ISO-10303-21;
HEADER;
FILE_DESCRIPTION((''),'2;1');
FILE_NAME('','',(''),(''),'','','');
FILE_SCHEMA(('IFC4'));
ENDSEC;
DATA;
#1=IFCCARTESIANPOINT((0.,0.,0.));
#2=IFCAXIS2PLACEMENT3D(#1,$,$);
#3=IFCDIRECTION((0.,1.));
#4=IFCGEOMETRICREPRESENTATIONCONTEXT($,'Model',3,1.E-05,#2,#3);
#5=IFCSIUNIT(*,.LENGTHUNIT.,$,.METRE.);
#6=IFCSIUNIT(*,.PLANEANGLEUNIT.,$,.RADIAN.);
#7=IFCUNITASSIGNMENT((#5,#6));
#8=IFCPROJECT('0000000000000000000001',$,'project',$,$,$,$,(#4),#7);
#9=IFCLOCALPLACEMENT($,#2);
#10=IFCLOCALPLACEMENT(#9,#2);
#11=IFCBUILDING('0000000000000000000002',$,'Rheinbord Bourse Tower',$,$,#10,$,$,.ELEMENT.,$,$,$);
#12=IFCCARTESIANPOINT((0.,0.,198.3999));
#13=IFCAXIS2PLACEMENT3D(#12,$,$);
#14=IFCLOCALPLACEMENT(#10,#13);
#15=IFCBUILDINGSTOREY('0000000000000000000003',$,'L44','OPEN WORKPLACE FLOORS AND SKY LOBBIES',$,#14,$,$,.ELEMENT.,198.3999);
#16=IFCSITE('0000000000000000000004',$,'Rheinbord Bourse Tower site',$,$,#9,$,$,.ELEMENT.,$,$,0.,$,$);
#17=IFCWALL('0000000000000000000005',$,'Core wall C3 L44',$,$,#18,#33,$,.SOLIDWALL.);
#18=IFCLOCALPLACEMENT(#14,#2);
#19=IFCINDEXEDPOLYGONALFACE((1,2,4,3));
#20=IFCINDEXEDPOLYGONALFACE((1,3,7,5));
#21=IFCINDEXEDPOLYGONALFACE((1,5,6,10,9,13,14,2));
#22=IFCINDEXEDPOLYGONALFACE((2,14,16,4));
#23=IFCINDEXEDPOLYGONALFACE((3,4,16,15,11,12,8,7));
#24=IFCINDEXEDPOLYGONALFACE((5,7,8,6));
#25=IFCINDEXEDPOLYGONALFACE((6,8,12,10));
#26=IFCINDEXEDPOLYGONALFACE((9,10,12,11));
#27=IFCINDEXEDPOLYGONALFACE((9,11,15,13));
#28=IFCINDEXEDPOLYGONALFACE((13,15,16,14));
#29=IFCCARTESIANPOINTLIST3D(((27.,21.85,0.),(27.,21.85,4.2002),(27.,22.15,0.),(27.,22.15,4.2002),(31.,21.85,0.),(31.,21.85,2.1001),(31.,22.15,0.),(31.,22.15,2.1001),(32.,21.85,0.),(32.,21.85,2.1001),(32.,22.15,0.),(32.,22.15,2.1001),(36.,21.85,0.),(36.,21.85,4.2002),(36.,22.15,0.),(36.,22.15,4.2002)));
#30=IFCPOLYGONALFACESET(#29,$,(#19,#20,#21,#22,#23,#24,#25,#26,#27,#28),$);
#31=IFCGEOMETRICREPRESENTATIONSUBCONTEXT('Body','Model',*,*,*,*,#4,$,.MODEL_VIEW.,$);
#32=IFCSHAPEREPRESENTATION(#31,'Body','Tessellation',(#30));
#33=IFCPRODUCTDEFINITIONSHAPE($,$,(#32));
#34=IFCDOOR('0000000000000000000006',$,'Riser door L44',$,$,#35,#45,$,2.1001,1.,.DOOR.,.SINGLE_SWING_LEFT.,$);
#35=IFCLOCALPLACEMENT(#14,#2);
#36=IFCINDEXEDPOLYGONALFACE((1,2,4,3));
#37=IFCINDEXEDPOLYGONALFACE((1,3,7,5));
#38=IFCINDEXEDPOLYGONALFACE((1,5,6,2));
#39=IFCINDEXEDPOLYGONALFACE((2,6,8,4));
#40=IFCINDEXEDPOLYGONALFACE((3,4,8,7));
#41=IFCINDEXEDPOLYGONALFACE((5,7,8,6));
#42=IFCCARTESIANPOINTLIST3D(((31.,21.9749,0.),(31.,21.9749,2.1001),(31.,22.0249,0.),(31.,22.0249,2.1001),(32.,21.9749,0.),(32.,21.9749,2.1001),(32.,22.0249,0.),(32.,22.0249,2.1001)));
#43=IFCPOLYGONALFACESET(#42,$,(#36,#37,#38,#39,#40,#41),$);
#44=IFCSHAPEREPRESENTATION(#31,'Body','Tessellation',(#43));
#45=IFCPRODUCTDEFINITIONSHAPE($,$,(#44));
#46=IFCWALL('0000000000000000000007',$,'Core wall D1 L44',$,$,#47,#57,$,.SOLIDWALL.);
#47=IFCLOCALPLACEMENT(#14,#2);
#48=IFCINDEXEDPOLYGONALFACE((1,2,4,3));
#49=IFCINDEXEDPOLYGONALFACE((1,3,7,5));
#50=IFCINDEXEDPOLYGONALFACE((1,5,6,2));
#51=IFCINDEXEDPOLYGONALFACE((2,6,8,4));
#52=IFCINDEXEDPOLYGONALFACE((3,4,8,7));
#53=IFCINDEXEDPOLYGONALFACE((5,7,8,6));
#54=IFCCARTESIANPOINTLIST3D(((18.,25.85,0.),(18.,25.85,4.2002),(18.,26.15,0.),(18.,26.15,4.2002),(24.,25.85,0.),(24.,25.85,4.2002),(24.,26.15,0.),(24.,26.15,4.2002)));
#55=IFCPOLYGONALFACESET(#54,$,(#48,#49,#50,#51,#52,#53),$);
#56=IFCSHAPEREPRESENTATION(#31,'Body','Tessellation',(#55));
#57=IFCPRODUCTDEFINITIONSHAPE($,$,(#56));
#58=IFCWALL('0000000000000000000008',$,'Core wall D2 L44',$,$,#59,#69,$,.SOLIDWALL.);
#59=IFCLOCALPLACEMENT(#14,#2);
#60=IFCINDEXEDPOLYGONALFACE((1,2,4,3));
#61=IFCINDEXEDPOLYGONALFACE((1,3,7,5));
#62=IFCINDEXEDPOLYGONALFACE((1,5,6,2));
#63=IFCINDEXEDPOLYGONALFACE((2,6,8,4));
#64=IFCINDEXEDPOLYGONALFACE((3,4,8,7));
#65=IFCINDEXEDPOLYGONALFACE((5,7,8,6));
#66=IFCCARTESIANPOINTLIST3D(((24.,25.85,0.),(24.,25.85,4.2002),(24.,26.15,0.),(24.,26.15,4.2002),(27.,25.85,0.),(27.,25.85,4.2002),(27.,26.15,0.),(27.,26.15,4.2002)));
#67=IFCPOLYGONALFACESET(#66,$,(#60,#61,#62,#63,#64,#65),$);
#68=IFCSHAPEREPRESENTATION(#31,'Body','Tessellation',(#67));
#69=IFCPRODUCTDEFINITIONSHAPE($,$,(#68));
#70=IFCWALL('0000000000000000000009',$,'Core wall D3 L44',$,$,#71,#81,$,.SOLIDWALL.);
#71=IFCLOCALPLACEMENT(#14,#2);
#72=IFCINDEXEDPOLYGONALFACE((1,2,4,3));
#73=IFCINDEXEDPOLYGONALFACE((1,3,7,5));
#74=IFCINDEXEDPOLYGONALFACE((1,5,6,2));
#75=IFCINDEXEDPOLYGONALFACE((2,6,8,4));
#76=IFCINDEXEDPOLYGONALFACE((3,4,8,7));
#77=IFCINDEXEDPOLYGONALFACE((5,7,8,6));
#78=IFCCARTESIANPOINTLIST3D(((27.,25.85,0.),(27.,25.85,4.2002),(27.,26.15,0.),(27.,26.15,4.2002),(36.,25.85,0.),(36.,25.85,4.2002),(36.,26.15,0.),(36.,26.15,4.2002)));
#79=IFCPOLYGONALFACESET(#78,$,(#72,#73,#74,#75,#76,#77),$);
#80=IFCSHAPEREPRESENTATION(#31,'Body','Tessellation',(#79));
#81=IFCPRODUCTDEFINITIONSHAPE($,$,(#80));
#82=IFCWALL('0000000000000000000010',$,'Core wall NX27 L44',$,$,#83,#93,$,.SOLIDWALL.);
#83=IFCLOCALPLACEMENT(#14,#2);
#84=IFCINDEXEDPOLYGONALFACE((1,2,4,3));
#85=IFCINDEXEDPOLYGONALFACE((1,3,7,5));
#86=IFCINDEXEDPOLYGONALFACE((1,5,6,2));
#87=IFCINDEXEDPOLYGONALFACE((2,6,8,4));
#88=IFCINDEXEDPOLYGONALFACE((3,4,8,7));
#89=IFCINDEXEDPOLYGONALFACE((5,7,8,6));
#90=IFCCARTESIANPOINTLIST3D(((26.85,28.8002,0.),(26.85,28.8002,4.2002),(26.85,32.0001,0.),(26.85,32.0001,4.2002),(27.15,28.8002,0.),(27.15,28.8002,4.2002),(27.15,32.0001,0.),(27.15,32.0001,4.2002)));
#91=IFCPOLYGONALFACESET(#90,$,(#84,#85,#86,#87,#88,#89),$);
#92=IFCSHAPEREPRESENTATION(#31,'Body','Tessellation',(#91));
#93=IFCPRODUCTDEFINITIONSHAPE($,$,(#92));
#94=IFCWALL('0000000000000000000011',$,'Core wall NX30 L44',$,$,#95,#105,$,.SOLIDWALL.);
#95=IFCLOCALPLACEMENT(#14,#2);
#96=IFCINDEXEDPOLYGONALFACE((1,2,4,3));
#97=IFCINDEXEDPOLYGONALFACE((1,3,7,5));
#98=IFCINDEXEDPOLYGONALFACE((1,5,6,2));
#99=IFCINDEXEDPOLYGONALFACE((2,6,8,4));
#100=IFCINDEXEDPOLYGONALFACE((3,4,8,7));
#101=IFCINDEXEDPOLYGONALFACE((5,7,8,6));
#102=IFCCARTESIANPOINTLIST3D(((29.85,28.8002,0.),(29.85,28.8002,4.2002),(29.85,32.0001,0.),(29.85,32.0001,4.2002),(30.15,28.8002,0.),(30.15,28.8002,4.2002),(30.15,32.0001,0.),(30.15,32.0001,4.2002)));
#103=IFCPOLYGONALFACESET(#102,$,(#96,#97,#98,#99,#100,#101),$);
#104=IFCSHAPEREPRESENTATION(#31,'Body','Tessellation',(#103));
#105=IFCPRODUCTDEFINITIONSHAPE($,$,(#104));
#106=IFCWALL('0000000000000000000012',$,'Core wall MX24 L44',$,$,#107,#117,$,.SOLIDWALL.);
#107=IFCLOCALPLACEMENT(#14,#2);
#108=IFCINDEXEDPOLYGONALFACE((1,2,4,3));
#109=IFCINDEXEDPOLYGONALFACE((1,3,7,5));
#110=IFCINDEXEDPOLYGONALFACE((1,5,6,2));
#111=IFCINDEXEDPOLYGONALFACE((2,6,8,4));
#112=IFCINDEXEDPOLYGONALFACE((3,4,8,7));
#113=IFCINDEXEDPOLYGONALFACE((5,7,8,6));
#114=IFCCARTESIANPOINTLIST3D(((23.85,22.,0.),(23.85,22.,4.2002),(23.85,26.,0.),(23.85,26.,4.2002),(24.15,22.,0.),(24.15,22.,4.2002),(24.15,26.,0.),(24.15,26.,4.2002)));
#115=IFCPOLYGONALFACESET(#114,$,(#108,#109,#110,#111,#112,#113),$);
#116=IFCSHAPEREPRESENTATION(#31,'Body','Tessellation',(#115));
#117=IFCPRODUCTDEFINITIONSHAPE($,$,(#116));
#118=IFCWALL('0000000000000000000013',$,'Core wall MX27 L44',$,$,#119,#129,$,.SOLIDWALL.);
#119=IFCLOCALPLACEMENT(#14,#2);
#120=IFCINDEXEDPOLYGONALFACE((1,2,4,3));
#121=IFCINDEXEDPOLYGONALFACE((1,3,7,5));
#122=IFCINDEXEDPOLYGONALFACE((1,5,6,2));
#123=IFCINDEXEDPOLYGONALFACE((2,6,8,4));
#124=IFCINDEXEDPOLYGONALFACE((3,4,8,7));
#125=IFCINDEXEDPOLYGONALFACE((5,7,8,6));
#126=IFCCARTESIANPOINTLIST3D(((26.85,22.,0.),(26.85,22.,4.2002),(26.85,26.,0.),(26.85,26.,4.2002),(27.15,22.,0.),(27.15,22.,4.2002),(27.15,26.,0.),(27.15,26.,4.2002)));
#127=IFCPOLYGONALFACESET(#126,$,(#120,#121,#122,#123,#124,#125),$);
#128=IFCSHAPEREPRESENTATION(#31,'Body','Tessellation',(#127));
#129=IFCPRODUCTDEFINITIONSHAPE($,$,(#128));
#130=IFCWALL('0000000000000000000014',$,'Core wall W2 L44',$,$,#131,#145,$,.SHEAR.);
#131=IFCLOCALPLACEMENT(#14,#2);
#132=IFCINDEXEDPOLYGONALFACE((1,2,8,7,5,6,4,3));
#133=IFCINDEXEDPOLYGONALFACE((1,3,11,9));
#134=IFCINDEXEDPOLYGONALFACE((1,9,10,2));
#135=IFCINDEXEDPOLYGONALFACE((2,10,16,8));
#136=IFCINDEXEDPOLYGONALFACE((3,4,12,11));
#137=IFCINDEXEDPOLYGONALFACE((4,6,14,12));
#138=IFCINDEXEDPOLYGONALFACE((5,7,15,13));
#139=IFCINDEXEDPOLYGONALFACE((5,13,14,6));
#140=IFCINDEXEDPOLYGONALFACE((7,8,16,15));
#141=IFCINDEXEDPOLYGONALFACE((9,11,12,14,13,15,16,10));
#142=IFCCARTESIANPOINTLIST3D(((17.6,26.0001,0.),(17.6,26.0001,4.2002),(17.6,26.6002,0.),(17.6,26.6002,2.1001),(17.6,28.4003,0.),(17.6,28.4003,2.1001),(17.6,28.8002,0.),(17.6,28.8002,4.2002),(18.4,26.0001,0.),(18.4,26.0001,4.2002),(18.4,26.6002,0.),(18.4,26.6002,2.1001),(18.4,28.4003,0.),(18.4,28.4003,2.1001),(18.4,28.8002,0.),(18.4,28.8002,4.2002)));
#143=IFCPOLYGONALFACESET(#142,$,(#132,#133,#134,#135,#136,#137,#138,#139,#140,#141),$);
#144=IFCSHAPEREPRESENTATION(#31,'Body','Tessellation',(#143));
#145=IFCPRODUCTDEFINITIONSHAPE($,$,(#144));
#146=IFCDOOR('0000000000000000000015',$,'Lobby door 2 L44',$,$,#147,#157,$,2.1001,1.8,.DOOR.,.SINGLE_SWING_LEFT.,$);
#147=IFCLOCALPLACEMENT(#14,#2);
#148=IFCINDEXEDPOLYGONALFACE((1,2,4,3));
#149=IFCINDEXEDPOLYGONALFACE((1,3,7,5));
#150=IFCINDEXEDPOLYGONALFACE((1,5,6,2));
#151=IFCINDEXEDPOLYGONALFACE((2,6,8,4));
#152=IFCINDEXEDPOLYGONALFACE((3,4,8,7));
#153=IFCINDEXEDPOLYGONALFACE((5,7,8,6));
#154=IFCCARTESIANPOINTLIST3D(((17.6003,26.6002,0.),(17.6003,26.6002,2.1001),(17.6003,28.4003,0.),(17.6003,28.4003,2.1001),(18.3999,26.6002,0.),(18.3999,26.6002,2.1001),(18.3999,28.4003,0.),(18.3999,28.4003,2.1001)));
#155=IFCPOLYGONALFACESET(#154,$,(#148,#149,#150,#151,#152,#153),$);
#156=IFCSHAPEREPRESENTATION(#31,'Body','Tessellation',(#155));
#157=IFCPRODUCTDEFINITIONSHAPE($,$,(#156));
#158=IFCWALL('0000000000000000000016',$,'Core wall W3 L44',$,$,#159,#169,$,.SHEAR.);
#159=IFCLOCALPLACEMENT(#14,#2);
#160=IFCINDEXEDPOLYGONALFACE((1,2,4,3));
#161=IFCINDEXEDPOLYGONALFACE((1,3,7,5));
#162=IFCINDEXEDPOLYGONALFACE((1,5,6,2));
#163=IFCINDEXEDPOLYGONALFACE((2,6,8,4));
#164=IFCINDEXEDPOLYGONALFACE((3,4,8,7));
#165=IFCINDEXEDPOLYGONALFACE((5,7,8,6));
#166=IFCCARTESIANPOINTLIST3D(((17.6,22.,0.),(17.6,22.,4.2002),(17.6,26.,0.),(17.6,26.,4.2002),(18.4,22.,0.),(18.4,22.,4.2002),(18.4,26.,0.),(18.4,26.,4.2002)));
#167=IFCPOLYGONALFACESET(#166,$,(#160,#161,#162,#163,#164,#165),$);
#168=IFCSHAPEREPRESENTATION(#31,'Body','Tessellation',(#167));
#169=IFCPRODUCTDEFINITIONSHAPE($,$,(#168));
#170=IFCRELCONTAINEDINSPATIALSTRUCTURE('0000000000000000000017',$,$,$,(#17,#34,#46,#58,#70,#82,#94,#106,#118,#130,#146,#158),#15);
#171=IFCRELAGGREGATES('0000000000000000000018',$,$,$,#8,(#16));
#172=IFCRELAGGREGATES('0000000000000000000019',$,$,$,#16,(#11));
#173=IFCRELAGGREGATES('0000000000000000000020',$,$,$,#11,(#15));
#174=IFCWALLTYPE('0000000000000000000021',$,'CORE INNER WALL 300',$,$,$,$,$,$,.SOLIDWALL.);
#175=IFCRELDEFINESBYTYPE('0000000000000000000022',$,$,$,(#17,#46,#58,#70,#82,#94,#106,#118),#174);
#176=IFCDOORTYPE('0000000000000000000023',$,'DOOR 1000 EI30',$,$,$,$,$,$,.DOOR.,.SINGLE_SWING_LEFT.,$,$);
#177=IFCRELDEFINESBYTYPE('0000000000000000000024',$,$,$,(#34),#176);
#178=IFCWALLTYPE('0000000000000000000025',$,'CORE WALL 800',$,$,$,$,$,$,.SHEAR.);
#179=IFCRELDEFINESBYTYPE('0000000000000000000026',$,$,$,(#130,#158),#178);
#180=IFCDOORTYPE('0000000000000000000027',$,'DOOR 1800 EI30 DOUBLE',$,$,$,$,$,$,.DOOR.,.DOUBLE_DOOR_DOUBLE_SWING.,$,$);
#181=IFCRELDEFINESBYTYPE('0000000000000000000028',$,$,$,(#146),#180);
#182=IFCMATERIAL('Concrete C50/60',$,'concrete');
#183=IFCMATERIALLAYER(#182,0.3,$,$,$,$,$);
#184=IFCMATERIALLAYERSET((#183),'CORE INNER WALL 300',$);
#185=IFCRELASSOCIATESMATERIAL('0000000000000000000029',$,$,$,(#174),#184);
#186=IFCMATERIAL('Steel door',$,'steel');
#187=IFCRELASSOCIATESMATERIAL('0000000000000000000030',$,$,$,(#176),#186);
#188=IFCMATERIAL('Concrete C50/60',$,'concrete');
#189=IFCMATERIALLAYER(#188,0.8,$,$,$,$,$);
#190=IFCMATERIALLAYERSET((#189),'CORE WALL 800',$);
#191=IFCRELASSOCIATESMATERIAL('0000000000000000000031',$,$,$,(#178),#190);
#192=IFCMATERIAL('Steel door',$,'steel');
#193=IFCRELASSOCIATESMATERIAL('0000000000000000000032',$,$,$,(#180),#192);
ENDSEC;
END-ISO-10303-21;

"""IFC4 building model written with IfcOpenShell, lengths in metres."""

from ifc_helpers import new_model, si_unit, direction, frame, frame_2d, origin, place, context, subcontext, project, spatial, rectangle, extrude, material, layer, layer_set, type_object, element, fill, save


model = new_model("IFC4")

# Units and contexts
model_context = context("Model", 3, precision=1e-05, world=origin(), true_north=direction((0.0, 1.0)))
body_context = subcontext(model_context, "Body", "Model", "MODEL_VIEW")
ifc_project = project(units=[si_unit("LENGTHUNIT", "METRE"), si_unit("PLANEANGLEUNIT", "RADIAN")], contexts=[model_context])

# Site, building, storey
site_placement = place(None, origin())
site = spatial("IfcSite", under=ifc_project, at=site_placement, Name="Rheinbord Bourse Tower site", CompositionType="ELEMENT", RefElevation=0.0)
building_placement = place(site_placement, origin())
building = spatial("IfcBuilding", under=site, at=building_placement, Name="Rheinbord Bourse Tower", CompositionType="ELEMENT")
storey_placement = place(building_placement, frame((0.0, 0.0, 198.3999)))
storey = spatial("IfcBuildingStorey", under=building, at=storey_placement, Name="L44", Description="OPEN WORKPLACE FLOORS AND SKY LOBBIES", CompositionType="ELEMENT", Elevation=198.3999)

# Wall, opening, door
ifc_material_1 = material(Name="Concrete C50/60", Category="concrete")
ifc_layer_1 = layer(ifc_material_1, 0.3)
ifc_layer_set_1 = layer_set([ifc_layer_1], Name="CORE INNER WALL 300")
wall_type_1 = type_object("IfcWallType", Name="CORE INNER WALL 300", PredefinedType="SOLIDWALL", material=ifc_layer_set_1)
ifc_material_2 = material(Name="Steel door", Category="steel")
door_type_1 = type_object("IfcDoorType", Name="DOOR 1000 EI30", OperationType="SINGLE_SWING_LEFT", PredefinedType="DOOR", material=ifc_material_2)
wall_1_placement = place(storey_placement, frame((27.0, 22.0, 0.0), z_axis=(0.0, 0.0, 1.0), x_axis=(1.0, 0.0, 0.0)))
wall_1 = element("IfcWall", 1, at=wall_1_placement, inside=storey, type_object=wall_type_1, Name="Core wall C3 L44", PredefinedType="SOLIDWALL", context=body_context, shape_type="SweptSolid", body=[
    extrude(rectangle(XDim=9.0, YDim=0.3, at=frame_2d((4.5, 0.0))), origin(), (0.0, 0.0, 1.0), 4.2002),
])
opening_1_placement = place(wall_1_placement, frame((4.0, 0.0, 0.0)))
opening_1 = element("IfcOpeningElement", 2, at=opening_1_placement, cuts=wall_1, PredefinedType="OPENING", context=body_context, shape_type="SweptSolid", body=[
    extrude(rectangle(XDim=1.0, YDim=2.1001, at=frame_2d((0.5, 1.05))), frame((0.0, 0.1599, 0.0), z_axis=(0.0, -1.0, 0.0), x_axis=(1.0, 0.0, 0.0)), (0.0, 0.0, 1.0), 0.3201),
])
door_1_placement = place(opening_1_placement, origin())
door_1 = element("IfcDoor", 3, at=door_1_placement, inside=storey, type_object=door_type_1, Name="Riser door L44", OperationType="SINGLE_SWING_LEFT", OverallHeight=2.1001, OverallWidth=1.0, PredefinedType="DOOR", context=body_context, shape_type="SweptSolid", body=[
    extrude(rectangle(XDim=1.0, YDim=2.1001, at=frame_2d((0.5, 1.05))), frame((0.0, 0.0249, 0.0), z_axis=(0.0, -1.0, 0.0), x_axis=(1.0, 0.0, 0.0)), (0.0, 0.0, 1.0), 0.05),
])
fill(opening_1, door_1)

# Walls
wall_2_placement = place(storey_placement, frame((18.0, 26.0, 0.0), z_axis=(0.0, 0.0, 1.0), x_axis=(1.0, 0.0, 0.0)))
element("IfcWall", 4, at=wall_2_placement, inside=storey, type_object=wall_type_1, Name="Core wall D1 L44", PredefinedType="SOLIDWALL", context=body_context, shape_type="SweptSolid", body=[
    extrude(rectangle(XDim=6.0, YDim=0.3, at=frame_2d((3.0, 0.0))), origin(), (0.0, 0.0, 1.0), 4.2002),
])
wall_3_placement = place(storey_placement, frame((24.0, 26.0, 0.0), z_axis=(0.0, 0.0, 1.0), x_axis=(1.0, 0.0, 0.0)))
element("IfcWall", 5, at=wall_3_placement, inside=storey, type_object=wall_type_1, Name="Core wall D2 L44", PredefinedType="SOLIDWALL", context=body_context, shape_type="SweptSolid", body=[
    extrude(rectangle(XDim=3.0, YDim=0.3, at=frame_2d((1.5, 0.0))), origin(), (0.0, 0.0, 1.0), 4.2002),
])
wall_4_placement = place(storey_placement, frame((27.0, 26.0, 0.0), z_axis=(0.0, 0.0, 1.0), x_axis=(1.0, 0.0, 0.0)))
element("IfcWall", 6, at=wall_4_placement, inside=storey, type_object=wall_type_1, Name="Core wall D3 L44", PredefinedType="SOLIDWALL", context=body_context, shape_type="SweptSolid", body=[
    extrude(rectangle(XDim=9.0, YDim=0.3, at=frame_2d((4.5, 0.0))), origin(), (0.0, 0.0, 1.0), 4.2002),
])
for number, where, z_axis, x_axis, name in (
    (7, (27.0, 28.8, 0.0), (0.0, 0.0, 1.0), (0.0, 1.0, 0.0), "Core wall NX27 L44"),
    (8, (30.0, 28.8, 0.0), (0.0, 0.0, 1.0), (0.0, 1.0, 0.0), "Core wall NX30 L44"),
):
    element("IfcWall", number, at=place(storey_placement, frame(where, z_axis=z_axis, x_axis=x_axis)), inside=storey, type_object=wall_type_1, Name=name, PredefinedType="SOLIDWALL", context=body_context, shape_type="SweptSolid", body=[
        extrude(rectangle(XDim=3.2, YDim=0.3, at=frame_2d((1.6001, 0.0))), origin(), (0.0, 0.0, 1.0), 4.2002),
    ])
for number, where, z_axis, x_axis, name in (
    (9, (24.0, 22.0, 0.0), (0.0, 0.0, 1.0), (0.0, 1.0, 0.0), "Core wall MX24 L44"),
    (10, (27.0, 22.0, 0.0), (0.0, 0.0, 1.0), (0.0, 1.0, 0.0), "Core wall MX27 L44"),
):
    element("IfcWall", number, at=place(storey_placement, frame(where, z_axis=z_axis, x_axis=x_axis)), inside=storey, type_object=wall_type_1, Name=name, PredefinedType="SOLIDWALL", context=body_context, shape_type="SweptSolid", body=[
        extrude(rectangle(XDim=4.0, YDim=0.3, at=frame_2d((2.0, 0.0))), origin(), (0.0, 0.0, 1.0), 4.2002),
    ])

# Wall, opening, door
ifc_material_3 = material(Name="Concrete C50/60", Category="concrete")
ifc_layer_2 = layer(ifc_material_3, 0.8)
ifc_layer_set_2 = layer_set([ifc_layer_2], Name="CORE WALL 800")
wall_type_2 = type_object("IfcWallType", Name="CORE WALL 800", PredefinedType="SHEAR", material=ifc_layer_set_2)
wall_5_placement = place(storey_placement, frame((18.0, 28.8, 0.0), z_axis=(0.0, 0.0, 1.0), x_axis=(0.0, -1.0, 0.0)))
wall_5 = element("IfcWall", 11, at=wall_5_placement, inside=storey, type_object=wall_type_2, Name="Core wall W2 L44", PredefinedType="SHEAR", context=body_context, shape_type="SweptSolid", body=[
    extrude(rectangle(XDim=2.8, YDim=0.8, at=frame_2d((1.3999, 0.0))), origin(), (0.0, 0.0, 1.0), 4.2002),
])
opening_2_placement = place(wall_5_placement, frame((0.3999, 0.0, 0.0)))
opening_2 = element("IfcOpeningElement", 12, at=opening_2_placement, cuts=wall_5, PredefinedType="OPENING", context=body_context, shape_type="SweptSolid", body=[
    extrude(rectangle(XDim=1.8, YDim=2.1001, at=frame_2d((0.8999, 1.05))), frame((0.0, 0.4099, 0.0), z_axis=(0.0, -1.0, 0.0), x_axis=(1.0, 0.0, 0.0)), (0.0, 0.0, 1.0), 0.8201),
])
ifc_material_4 = material(Name="Steel door", Category="steel")
door_type_2 = type_object("IfcDoorType", Name="DOOR 1800 EI30 DOUBLE", OperationType="DOUBLE_DOOR_DOUBLE_SWING", PredefinedType="DOOR", material=ifc_material_4)
door_2_placement = place(opening_2_placement, origin())
door_2 = element("IfcDoor", 13, at=door_2_placement, inside=storey, type_object=door_type_2, Name="Lobby door 2 L44", OperationType="SINGLE_SWING_LEFT", OverallHeight=2.1001, OverallWidth=1.8, PredefinedType="DOOR", context=body_context, shape_type="SweptSolid", body=[
    extrude(rectangle(XDim=1.8, YDim=2.1001, at=frame_2d((0.8999, 1.05))), frame((0.0, 0.3999, 0.0), z_axis=(0.0, -1.0, 0.0), x_axis=(1.0, 0.0, 0.0)), (0.0, 0.0, 1.0), 0.7996),
])
fill(opening_2, door_2)

# Wall
wall_6_placement = place(storey_placement, frame((18.0, 26.0, 0.0), z_axis=(0.0, 0.0, 1.0), x_axis=(0.0, -1.0, 0.0)))
element("IfcWall", 14, at=wall_6_placement, inside=storey, type_object=wall_type_2, Name="Core wall W3 L44", PredefinedType="SHEAR", context=body_context, shape_type="SweptSolid", body=[
    extrude(rectangle(XDim=4.0, YDim=0.8, at=frame_2d((2.0, 0.0))), origin(), (0.0, 0.0, 1.0), 4.2002),
])

save(model, "model.ifc")
